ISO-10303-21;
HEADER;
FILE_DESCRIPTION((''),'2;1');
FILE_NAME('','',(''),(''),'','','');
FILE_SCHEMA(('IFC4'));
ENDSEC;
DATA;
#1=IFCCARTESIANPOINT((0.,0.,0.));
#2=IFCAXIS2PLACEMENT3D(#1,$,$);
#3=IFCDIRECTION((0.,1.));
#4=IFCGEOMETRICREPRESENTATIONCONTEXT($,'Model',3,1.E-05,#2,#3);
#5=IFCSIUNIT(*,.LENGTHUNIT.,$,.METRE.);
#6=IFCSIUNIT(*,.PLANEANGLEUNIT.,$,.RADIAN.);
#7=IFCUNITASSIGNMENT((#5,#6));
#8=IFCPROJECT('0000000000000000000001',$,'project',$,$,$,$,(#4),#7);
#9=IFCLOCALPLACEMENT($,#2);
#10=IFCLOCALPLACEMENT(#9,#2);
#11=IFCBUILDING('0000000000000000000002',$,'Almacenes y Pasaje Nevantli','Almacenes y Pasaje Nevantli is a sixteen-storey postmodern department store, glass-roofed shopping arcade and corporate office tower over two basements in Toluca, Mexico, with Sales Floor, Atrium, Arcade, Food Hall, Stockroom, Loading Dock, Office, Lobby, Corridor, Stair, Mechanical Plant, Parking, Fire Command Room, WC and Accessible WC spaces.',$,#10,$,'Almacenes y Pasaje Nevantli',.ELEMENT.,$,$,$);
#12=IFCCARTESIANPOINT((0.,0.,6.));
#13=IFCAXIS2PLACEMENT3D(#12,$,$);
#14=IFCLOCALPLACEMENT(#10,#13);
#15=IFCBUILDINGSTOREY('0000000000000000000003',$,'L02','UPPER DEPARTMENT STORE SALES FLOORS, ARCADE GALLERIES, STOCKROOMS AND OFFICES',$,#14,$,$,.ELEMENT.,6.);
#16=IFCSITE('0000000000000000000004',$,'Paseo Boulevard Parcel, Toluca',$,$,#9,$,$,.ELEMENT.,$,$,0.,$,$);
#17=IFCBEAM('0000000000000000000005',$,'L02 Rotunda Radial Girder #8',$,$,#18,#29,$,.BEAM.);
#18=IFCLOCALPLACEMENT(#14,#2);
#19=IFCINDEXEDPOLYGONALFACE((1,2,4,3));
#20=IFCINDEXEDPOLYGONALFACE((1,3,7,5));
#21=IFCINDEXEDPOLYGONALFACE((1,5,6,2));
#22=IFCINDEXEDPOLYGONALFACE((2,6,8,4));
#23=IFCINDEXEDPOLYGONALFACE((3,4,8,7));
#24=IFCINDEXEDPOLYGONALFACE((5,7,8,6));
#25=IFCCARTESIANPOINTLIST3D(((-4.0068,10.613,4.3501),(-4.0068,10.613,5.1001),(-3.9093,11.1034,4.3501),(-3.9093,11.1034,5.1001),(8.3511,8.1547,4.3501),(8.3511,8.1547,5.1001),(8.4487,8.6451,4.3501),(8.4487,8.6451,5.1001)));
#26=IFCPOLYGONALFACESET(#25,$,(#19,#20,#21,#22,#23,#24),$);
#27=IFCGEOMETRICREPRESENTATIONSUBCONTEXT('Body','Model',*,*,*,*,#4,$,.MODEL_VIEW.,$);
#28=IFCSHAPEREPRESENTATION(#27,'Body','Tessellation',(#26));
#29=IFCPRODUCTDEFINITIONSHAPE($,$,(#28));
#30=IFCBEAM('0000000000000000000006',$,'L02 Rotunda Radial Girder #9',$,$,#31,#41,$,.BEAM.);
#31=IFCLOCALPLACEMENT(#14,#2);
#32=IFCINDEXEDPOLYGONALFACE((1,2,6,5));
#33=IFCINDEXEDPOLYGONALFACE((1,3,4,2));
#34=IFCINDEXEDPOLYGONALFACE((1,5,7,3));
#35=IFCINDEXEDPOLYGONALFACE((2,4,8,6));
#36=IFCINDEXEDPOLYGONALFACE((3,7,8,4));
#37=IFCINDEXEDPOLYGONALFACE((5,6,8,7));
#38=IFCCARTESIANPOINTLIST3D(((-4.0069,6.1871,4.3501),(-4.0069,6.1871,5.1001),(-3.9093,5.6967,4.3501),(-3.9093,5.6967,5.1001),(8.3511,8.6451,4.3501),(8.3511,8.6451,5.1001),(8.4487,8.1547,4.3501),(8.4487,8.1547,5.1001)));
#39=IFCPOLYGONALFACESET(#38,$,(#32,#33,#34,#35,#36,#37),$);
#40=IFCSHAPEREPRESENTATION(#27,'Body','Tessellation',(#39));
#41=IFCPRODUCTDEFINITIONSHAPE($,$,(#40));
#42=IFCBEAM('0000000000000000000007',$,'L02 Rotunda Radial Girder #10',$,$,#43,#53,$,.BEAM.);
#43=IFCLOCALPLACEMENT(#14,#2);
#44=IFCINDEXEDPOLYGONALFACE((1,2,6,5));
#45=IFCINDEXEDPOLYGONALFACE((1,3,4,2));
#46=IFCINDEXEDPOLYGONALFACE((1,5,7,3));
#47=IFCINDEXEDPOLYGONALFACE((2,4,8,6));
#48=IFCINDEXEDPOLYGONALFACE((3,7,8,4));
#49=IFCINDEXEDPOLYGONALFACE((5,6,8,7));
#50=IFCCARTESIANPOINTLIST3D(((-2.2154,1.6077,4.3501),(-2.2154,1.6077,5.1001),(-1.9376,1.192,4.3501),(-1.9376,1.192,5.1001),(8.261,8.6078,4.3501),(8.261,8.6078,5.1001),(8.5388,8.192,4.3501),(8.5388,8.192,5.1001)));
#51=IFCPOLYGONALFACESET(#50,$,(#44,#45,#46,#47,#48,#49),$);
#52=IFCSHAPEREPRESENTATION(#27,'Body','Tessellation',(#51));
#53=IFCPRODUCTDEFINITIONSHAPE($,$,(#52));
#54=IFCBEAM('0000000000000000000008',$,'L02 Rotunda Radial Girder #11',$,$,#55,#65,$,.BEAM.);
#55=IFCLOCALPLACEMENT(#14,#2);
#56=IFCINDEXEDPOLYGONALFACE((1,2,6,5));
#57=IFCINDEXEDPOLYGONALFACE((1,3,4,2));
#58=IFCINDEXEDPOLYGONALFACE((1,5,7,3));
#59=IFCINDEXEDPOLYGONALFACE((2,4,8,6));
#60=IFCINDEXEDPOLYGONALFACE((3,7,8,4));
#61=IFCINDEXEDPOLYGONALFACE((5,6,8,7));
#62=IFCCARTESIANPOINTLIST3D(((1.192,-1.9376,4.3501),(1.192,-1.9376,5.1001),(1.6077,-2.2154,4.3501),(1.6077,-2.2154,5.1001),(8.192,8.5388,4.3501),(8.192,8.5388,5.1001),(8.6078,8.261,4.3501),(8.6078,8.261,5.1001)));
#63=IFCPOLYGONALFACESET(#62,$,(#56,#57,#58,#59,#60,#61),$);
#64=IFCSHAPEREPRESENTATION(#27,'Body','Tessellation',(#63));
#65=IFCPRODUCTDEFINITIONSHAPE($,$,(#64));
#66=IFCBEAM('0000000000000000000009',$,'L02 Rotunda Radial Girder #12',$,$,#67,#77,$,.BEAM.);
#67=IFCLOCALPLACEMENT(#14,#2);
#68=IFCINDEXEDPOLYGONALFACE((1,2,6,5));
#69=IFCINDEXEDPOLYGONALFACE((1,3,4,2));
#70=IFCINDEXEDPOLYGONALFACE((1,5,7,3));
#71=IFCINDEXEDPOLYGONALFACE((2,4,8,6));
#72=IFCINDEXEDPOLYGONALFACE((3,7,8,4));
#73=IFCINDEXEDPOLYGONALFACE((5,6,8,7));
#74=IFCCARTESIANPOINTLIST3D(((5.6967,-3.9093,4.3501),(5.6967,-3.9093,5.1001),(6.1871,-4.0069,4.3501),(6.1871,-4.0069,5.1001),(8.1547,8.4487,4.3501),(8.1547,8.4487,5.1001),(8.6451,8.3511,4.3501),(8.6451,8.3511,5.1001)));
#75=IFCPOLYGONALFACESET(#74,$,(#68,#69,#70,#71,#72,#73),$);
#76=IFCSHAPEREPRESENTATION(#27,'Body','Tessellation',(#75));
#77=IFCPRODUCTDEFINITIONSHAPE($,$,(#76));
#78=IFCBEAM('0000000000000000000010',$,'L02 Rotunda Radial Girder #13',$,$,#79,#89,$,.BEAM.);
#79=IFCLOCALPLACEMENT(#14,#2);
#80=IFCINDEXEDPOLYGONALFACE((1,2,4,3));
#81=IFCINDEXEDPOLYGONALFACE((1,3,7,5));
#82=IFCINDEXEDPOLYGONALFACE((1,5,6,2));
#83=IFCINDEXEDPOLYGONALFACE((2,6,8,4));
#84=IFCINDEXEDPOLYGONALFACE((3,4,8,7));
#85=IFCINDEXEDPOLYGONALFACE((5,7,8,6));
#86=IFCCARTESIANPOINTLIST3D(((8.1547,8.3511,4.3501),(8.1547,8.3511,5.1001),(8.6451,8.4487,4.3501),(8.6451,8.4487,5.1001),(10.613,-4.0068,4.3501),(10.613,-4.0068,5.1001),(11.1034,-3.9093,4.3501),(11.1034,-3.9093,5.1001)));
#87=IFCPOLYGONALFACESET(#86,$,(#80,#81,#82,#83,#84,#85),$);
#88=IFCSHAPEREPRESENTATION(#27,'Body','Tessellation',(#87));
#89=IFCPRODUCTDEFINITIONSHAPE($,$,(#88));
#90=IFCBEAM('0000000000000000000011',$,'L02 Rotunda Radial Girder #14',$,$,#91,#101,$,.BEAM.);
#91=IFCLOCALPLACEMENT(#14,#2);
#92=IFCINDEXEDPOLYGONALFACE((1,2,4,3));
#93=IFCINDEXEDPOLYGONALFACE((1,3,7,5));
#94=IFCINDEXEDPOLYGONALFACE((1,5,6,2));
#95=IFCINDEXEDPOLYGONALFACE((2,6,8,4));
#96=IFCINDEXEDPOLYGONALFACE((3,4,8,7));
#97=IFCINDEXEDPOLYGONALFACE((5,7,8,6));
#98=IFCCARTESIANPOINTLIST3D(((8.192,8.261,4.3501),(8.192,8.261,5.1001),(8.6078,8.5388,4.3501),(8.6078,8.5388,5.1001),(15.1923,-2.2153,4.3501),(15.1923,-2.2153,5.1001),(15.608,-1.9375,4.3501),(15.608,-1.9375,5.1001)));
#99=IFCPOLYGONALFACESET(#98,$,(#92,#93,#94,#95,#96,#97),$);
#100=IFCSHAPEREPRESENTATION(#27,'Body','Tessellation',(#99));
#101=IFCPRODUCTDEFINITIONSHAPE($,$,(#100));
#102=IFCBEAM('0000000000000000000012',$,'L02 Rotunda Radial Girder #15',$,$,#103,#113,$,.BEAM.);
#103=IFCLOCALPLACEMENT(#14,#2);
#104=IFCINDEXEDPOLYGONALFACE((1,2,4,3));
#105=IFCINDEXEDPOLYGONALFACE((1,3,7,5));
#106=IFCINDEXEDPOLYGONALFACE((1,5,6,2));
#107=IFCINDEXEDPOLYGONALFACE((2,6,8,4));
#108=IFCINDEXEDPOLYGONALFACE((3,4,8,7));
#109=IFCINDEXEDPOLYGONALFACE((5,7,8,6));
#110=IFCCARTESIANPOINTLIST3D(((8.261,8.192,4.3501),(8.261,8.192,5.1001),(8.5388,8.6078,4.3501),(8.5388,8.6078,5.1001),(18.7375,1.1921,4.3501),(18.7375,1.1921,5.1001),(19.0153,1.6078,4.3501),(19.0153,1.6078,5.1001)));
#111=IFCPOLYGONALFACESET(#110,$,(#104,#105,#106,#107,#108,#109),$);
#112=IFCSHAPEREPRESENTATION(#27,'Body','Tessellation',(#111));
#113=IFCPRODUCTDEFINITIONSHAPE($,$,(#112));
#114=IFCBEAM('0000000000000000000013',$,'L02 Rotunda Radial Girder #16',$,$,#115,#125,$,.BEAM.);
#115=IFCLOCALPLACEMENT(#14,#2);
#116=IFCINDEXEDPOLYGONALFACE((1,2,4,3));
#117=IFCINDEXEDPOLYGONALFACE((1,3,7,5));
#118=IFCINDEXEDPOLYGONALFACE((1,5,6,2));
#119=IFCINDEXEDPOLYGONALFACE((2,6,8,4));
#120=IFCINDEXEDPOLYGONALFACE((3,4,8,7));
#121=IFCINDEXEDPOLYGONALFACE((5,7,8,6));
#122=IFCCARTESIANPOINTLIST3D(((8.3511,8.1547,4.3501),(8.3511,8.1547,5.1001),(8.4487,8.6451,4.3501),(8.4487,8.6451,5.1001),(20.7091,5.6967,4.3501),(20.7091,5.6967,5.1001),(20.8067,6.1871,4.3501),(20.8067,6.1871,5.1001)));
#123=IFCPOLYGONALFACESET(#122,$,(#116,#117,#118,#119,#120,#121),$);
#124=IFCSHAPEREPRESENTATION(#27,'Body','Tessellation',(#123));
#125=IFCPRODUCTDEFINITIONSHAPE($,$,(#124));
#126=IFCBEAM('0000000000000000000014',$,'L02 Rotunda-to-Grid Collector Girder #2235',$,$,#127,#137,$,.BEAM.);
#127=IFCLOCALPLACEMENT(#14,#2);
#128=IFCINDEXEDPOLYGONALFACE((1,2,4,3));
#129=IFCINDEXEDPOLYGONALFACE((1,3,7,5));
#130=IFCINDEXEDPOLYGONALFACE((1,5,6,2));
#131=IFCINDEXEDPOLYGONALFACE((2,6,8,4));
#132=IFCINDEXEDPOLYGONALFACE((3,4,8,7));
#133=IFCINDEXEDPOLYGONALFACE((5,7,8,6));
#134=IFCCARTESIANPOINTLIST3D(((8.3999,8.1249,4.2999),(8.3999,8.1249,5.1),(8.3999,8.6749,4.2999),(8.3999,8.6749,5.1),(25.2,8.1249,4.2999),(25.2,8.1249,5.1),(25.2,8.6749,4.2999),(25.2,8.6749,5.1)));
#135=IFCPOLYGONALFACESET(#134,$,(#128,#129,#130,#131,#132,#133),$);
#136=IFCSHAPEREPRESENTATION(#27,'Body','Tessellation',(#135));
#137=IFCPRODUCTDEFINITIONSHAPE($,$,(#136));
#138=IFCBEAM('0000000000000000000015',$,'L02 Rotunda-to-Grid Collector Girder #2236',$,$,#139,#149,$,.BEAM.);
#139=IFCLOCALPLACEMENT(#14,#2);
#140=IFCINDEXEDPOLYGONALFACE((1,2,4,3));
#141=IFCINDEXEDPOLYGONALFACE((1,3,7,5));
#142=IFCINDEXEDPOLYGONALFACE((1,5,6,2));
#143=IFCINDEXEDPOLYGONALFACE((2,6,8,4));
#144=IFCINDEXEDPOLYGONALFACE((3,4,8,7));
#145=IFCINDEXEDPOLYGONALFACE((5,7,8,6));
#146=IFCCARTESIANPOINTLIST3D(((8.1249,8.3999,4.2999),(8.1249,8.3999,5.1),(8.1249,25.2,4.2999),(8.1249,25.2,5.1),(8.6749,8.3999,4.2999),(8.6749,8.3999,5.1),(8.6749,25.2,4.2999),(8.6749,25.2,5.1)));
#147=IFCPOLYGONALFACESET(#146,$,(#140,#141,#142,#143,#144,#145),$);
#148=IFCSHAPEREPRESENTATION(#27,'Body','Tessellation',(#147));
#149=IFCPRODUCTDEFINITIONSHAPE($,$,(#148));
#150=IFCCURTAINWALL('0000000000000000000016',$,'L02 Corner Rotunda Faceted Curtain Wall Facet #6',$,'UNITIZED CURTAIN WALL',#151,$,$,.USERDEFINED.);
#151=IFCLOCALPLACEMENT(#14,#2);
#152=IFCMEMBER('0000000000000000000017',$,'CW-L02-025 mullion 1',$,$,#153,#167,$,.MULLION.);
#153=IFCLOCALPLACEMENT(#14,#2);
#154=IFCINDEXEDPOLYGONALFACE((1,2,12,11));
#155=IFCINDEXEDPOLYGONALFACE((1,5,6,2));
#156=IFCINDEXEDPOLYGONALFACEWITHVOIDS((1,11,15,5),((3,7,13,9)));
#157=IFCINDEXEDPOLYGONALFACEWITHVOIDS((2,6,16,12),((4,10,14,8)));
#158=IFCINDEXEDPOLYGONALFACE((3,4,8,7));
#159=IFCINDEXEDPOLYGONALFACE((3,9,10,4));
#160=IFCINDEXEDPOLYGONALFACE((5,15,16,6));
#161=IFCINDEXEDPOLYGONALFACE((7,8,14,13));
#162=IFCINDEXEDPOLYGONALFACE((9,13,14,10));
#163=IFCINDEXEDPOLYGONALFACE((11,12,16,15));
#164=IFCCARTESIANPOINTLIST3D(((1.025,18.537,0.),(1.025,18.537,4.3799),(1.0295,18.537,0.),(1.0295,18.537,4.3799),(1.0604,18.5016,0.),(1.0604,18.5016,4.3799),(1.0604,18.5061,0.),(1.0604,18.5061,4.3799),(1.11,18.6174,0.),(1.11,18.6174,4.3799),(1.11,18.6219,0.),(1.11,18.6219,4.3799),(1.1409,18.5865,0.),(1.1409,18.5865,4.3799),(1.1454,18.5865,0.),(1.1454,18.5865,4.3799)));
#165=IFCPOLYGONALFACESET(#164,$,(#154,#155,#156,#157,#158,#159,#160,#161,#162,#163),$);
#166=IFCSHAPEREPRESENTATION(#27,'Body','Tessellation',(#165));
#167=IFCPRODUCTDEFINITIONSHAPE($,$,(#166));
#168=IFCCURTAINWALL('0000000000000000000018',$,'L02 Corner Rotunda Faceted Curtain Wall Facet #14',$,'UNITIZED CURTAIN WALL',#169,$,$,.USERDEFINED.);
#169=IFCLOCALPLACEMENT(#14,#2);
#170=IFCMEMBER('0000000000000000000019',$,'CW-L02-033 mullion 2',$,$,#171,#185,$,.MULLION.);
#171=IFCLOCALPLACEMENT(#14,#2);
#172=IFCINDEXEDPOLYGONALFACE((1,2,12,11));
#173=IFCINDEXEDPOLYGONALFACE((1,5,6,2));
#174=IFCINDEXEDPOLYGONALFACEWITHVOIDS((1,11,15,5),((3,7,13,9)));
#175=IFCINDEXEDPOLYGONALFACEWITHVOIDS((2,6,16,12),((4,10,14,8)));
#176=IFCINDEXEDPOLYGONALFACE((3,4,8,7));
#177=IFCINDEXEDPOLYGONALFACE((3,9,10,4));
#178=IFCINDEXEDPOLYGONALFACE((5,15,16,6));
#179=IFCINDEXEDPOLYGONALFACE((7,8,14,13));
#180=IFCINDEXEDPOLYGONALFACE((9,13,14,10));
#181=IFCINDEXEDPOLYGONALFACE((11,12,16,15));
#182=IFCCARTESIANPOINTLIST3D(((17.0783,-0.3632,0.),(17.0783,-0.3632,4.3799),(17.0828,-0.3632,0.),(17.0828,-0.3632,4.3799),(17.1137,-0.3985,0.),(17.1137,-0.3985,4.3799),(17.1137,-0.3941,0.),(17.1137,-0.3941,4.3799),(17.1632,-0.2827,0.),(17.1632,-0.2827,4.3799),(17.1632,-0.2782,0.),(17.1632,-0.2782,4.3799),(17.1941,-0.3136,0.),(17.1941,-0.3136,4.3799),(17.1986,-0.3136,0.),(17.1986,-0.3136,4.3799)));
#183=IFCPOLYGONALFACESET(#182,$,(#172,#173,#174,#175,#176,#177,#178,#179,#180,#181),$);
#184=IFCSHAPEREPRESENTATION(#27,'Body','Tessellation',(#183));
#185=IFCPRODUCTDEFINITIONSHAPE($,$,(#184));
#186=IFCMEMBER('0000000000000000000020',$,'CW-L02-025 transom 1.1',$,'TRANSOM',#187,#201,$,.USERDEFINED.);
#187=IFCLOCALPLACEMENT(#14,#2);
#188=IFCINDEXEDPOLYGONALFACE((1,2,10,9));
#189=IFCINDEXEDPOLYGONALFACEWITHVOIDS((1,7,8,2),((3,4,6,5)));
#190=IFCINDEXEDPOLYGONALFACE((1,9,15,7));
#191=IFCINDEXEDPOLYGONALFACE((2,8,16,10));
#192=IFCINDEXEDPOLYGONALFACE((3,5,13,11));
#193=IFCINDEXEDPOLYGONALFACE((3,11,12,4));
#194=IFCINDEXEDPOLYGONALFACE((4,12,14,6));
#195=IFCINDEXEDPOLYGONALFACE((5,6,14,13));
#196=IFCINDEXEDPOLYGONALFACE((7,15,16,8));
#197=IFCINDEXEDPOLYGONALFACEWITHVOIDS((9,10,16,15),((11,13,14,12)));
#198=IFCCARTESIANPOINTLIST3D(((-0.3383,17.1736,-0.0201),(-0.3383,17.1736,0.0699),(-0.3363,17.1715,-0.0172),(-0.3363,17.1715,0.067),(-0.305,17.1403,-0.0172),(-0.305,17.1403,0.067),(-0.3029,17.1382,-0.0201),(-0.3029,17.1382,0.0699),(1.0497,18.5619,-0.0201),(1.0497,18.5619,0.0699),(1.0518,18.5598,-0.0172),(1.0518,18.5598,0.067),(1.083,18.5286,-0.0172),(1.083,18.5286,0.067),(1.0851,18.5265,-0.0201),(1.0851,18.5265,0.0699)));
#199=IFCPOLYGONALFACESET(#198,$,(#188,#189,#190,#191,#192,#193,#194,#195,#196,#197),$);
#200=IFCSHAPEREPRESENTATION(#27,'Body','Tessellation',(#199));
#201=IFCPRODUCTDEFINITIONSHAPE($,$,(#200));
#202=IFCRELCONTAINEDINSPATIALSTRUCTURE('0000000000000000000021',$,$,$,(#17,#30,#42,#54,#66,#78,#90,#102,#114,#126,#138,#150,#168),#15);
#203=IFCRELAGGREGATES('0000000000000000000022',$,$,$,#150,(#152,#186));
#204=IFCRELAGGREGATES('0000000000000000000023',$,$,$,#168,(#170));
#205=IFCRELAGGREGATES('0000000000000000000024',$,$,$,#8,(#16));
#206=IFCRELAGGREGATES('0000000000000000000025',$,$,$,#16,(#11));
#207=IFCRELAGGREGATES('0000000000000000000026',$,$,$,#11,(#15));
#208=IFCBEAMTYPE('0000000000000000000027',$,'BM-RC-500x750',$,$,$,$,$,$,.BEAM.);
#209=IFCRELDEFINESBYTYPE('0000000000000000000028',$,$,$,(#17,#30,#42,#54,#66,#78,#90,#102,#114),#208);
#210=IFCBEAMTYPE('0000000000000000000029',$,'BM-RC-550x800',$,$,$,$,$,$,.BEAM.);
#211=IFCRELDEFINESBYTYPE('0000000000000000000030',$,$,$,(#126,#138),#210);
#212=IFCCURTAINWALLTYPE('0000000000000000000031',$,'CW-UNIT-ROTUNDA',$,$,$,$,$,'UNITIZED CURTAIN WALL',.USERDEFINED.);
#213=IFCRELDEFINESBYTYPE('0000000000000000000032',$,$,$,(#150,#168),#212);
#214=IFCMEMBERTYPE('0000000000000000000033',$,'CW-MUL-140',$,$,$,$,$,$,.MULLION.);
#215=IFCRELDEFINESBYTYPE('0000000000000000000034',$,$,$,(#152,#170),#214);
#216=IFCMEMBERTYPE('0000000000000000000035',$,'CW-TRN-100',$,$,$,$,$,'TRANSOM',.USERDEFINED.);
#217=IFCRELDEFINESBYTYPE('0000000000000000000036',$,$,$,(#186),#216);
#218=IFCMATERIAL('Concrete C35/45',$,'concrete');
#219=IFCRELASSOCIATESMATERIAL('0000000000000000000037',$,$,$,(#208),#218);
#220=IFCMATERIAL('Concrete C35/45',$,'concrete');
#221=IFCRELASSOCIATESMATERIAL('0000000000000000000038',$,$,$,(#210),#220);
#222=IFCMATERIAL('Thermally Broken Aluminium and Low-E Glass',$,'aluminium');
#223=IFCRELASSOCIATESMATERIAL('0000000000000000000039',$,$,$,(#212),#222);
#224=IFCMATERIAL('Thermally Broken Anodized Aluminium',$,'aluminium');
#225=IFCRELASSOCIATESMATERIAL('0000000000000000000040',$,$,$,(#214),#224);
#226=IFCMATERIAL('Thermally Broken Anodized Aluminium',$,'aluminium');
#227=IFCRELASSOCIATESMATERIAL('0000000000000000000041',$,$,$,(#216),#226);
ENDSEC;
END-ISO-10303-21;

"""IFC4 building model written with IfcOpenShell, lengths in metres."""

from ifc_helpers import new_model, si_unit, direction, frame, origin, origin_2d, place, context, subcontext, project, spatial, rectangle, hollow_rectangle, extrude, material, material_profile, profile_set, type_object, element, aggregate, save


model = new_model("IFC4")

# Units and contexts
model_context = context("Model", 3, precision=1e-05, world=origin(), true_north=direction((0.0, 1.0)))
body_context = subcontext(model_context, "Body", "Model", "MODEL_VIEW")
ifc_project = project(units=[si_unit("LENGTHUNIT", "METRE"), si_unit("PLANEANGLEUNIT", "RADIAN")], contexts=[model_context])

# Site, building, storey
site_placement = place(None, origin())
site = spatial("IfcSite", under=ifc_project, at=site_placement, Name="Paseo Boulevard Parcel, Toluca", CompositionType="ELEMENT", RefElevation=0.0)
building_placement = place(site_placement, origin())
building = spatial("IfcBuilding", under=site, at=building_placement, Name="Almacenes y Pasaje Nevantli", Description="Almacenes y Pasaje Nevantli is a sixteen-storey postmodern department store, glass-roofed shopping arcade and corporate office tower over two basements in Toluca, Mexico, with Sales Floor, Atrium, Arcade, Food Hall, Stockroom, Loading Dock, Office, Lobby, Corridor, Stair, Mechanical Plant, Parking, Fire Command Room, WC and Accessible WC spaces.", LongName="Almacenes y Pasaje Nevantli", CompositionType="ELEMENT")
storey_placement = place(building_placement, frame((0.0, 0.0, 6.0)))
storey = spatial("IfcBuildingStorey", under=building, at=storey_placement, Name="L02", Description="UPPER DEPARTMENT STORE SALES FLOORS, ARCADE GALLERIES, STOCKROOMS AND OFFICES", CompositionType="ELEMENT", Elevation=6.0)

# Beams
ifc_material_1 = material(Name="Concrete C35/45", Category="concrete")
ifc_material_profile_1 = material_profile(ifc_material_1, rectangle(XDim=0.5, YDim=0.75, at=origin_2d()), Name="RC-BM-500x750")
ifc_profile_set_1 = profile_set([ifc_material_profile_1], Name="Concrete C35/45")
beam_type_1 = type_object("IfcBeamType", Name="BM-RC-500x750", PredefinedType="BEAM", material=ifc_profile_set_1)
for number, where, z_axis, x_axis, name in (
    (1, (8.3999, 8.3999, 4.7251), (-0.980784, 0.195099, 0.0), (-0.195099, -0.980784, 0.0), "L02 Rotunda Radial Girder #8"),
    (2, (8.3999, 8.3999, 4.7251), (-0.980787, -0.19508, 0.0), (0.19508, -0.980787, 0.0), "L02 Rotunda Radial Girder #9"),
):
    element("IfcBeam", number, at=place(storey_placement, frame(where, z_axis=z_axis, x_axis=x_axis)), inside=storey, type_object=beam_type_1, Name=name, PredefinedType="BEAM", context=body_context, shape_type="SweptSolid", body=[
        extrude(rectangle(XDim=0.5, YDim=0.75, at=origin_2d()), origin(), (0.0, 0.0, 1.0), 12.6001),
    ])
for number, where, z_axis, x_axis, name in (
    (3, (8.3999, 8.3999, 4.7251), (-0.831472, -0.555567, 0.0), (0.555567, -0.831472, 0.0), "L02 Rotunda Radial Girder #10"),
    (4, (8.3999, 8.3999, 4.7251), (-0.555567, -0.831472, 0.0), (0.831472, -0.555567, 0.0), "L02 Rotunda Radial Girder #11"),
):
    element("IfcBeam", number, at=place(storey_placement, frame(where, z_axis=z_axis, x_axis=x_axis)), inside=storey, type_object=beam_type_1, Name=name, PredefinedType="BEAM", context=body_context, shape_type="SweptSolid", body=[
        extrude(rectangle(XDim=0.5, YDim=0.75, at=origin_2d()), origin(), (0.0, 0.0, 1.0), 12.5999),
    ])
for number, where, z_axis, x_axis, name in (
    (5, (8.3999, 8.3999, 4.7251), (-0.19508, -0.980787, 0.0), (0.980787, -0.19508, 0.0), "L02 Rotunda Radial Girder #12"),
    (6, (8.3999, 8.3999, 4.7251), (0.195099, -0.980784, 0.0), (0.980784, 0.195099, 0.0), "L02 Rotunda Radial Girder #13"),
):
    element("IfcBeam", number, at=place(storey_placement, frame(where, z_axis=z_axis, x_axis=x_axis)), inside=storey, type_object=beam_type_1, Name=name, PredefinedType="BEAM", context=body_context, shape_type="SweptSolid", body=[
        extrude(rectangle(XDim=0.5, YDim=0.75, at=origin_2d()), origin(), (0.0, 0.0, 1.0), 12.6001),
    ])
for number, where, z_axis, x_axis, name in (
    (7, (8.3999, 8.3999, 4.7251), (0.555581, -0.831463, 0.0), (0.831463, 0.555581, 0.0), "L02 Rotunda Radial Girder #14"),
    (8, (8.3999, 8.3999, 4.7251), (0.831478, -0.555558, 0.0), (0.555558, 0.831478, 0.0), "L02 Rotunda Radial Girder #15"),
):
    element("IfcBeam", number, at=place(storey_placement, frame(where, z_axis=z_axis, x_axis=x_axis)), inside=storey, type_object=beam_type_1, Name=name, PredefinedType="BEAM", context=body_context, shape_type="SweptSolid", body=[
        extrude(rectangle(XDim=0.5, YDim=0.75, at=origin_2d()), origin(), (0.0, 0.0, 1.0), 12.5999),
    ])
beam_placement = place(storey_placement, frame((8.3999, 8.3999, 4.7251), z_axis=(0.980787, -0.19508, 0.0), x_axis=(0.19508, 0.980787, 0.0)))
element("IfcBeam", 9, at=beam_placement, inside=storey, type_object=beam_type_1, Name="L02 Rotunda Radial Girder #16", PredefinedType="BEAM", context=body_context, shape_type="SweptSolid", body=[
    extrude(rectangle(XDim=0.5, YDim=0.75, at=origin_2d()), origin(), (0.0, 0.0, 1.0), 12.6001),
])
ifc_material_2 = material(Name="Concrete C35/45", Category="concrete")
ifc_material_profile_2 = material_profile(ifc_material_2, rectangle(XDim=0.55, YDim=0.8, at=origin_2d()), Name="RC-BM-550x800")
ifc_profile_set_2 = profile_set([ifc_material_profile_2], Name="Concrete C35/45")
beam_type_2 = type_object("IfcBeamType", Name="BM-RC-550x800", PredefinedType="BEAM", material=ifc_profile_set_2)
for number, where, z_axis, x_axis, name in (
    (10, (8.3999, 8.3999, 4.7), (1.0, 0.0, 0.0), (0.0, 1.0, 0.0), "L02 Rotunda-to-Grid Collector Girder #2235"),
    (11, (8.3999, 8.3999, 4.7), (0.0, 1.0, 0.0), (-1.0, 0.0, 0.0), "L02 Rotunda-to-Grid Collector Girder #2236"),
):
    element("IfcBeam", number, at=place(storey_placement, frame(where, z_axis=z_axis, x_axis=x_axis)), inside=storey, type_object=beam_type_2, Name=name, PredefinedType="BEAM", context=body_context, shape_type="SweptSolid", body=[
        extrude(rectangle(XDim=0.55, YDim=0.8, at=origin_2d()), origin(), (0.0, 0.0, 1.0), 16.8),
    ])

# Curtain walls, members
ifc_material_3 = material(Name="Thermally Broken Aluminium and Low-E Glass", Category="aluminium")
curtain_wall_type = type_object("IfcCurtainWallType", Name="CW-UNIT-ROTUNDA", ElementType="UNITIZED CURTAIN WALL", PredefinedType="USERDEFINED", material=ifc_material_3)
curtain_wall_1_placement = place(storey_placement, origin())
curtain_wall_1 = element("IfcCurtainWall", 12, at=curtain_wall_1_placement, inside=storey, type_object=curtain_wall_type, Name="L02 Corner Rotunda Faceted Curtain Wall Facet #6", ObjectType="UNITIZED CURTAIN WALL", PredefinedType="USERDEFINED")
ifc_material_4 = material(Name="Thermally Broken Anodized Aluminium", Category="aluminium")
ifc_material_profile_3 = material_profile(ifc_material_4, hollow_rectangle(XDim=0.05, YDim=0.1201, WallThickness=0.0032, at=origin_2d()), Name="ALU-MUL-50x120")
ifc_profile_set_3 = profile_set([ifc_material_profile_3], Name="Thermally Broken Anodized Aluminium")
member_type_1 = type_object("IfcMemberType", Name="CW-MUL-140", PredefinedType="MULLION", material=ifc_profile_set_3)
member_1_placement = place(storey_placement, frame((1.0852, 18.5618, 0.0), z_axis=(0.0, 0.0, 1.0), x_axis=(0.707107, -0.707107, 0.0)))
member_1 = element("IfcMember", 13, at=member_1_placement, type_object=member_type_1, Name="CW-L02-025 mullion 1", PredefinedType="MULLION", context=body_context, shape_type="SweptSolid", body=[
    extrude(hollow_rectangle(XDim=0.05, YDim=0.1201, WallThickness=0.0032, at=origin_2d()), origin(), (0.0, 0.0, 1.0), 4.3799),
])
curtain_wall_2_placement = place(storey_placement, origin())
curtain_wall_2 = element("IfcCurtainWall", 14, at=curtain_wall_2_placement, inside=storey, type_object=curtain_wall_type, Name="L02 Corner Rotunda Faceted Curtain Wall Facet #14", ObjectType="UNITIZED CURTAIN WALL", PredefinedType="USERDEFINED")
member_2_placement = place(storey_placement, frame((17.1384, -0.3384, 0.0), z_axis=(0.0, 0.0, 1.0), x_axis=(-0.707107, 0.707107, 0.0)))
member_2 = element("IfcMember", 15, at=member_2_placement, type_object=member_type_1, Name="CW-L02-033 mullion 2", PredefinedType="MULLION", context=body_context, shape_type="SweptSolid", body=[
    extrude(hollow_rectangle(XDim=0.05, YDim=0.1201, WallThickness=0.0032, at=origin_2d()), origin(), (0.0, 0.0, 1.0), 4.3799),
])

# Member
ifc_material_5 = material(Name="Thermally Broken Anodized Aluminium", Category="aluminium")
ifc_material_profile_4 = material_profile(ifc_material_5, hollow_rectangle(XDim=0.05, YDim=0.0901, WallThickness=0.0029, at=origin_2d()), Name="ALU-TRN-50x90")
ifc_profile_set_4 = profile_set([ifc_material_profile_4], Name="Thermally Broken Anodized Aluminium")
member_type_2 = type_object("IfcMemberType", Name="CW-TRN-100", ElementType="TRANSOM", PredefinedType="USERDEFINED", material=ifc_profile_set_4)
member_3_placement = place(storey_placement, frame((1.0674, 18.5442, 0.0249), z_axis=(-0.707045, -0.707169, 0.0), x_axis=(0.707169, -0.707045, 0.0)))
member_3 = element("IfcMember", 16, at=member_3_placement, type_object=member_type_2, Name="CW-L02-025 transom 1.1", ObjectType="TRANSOM", PredefinedType="USERDEFINED", context=body_context, shape_type="SweptSolid", body=[
    extrude(hollow_rectangle(XDim=0.05, YDim=0.0901, WallThickness=0.0029, at=origin_2d()), origin(), (0.0, 0.0, 1.0), 1.9631),
])

aggregate(curtain_wall_1, [member_1, member_3])
aggregate(curtain_wall_2, [member_2])

save(model, "model.ifc")
